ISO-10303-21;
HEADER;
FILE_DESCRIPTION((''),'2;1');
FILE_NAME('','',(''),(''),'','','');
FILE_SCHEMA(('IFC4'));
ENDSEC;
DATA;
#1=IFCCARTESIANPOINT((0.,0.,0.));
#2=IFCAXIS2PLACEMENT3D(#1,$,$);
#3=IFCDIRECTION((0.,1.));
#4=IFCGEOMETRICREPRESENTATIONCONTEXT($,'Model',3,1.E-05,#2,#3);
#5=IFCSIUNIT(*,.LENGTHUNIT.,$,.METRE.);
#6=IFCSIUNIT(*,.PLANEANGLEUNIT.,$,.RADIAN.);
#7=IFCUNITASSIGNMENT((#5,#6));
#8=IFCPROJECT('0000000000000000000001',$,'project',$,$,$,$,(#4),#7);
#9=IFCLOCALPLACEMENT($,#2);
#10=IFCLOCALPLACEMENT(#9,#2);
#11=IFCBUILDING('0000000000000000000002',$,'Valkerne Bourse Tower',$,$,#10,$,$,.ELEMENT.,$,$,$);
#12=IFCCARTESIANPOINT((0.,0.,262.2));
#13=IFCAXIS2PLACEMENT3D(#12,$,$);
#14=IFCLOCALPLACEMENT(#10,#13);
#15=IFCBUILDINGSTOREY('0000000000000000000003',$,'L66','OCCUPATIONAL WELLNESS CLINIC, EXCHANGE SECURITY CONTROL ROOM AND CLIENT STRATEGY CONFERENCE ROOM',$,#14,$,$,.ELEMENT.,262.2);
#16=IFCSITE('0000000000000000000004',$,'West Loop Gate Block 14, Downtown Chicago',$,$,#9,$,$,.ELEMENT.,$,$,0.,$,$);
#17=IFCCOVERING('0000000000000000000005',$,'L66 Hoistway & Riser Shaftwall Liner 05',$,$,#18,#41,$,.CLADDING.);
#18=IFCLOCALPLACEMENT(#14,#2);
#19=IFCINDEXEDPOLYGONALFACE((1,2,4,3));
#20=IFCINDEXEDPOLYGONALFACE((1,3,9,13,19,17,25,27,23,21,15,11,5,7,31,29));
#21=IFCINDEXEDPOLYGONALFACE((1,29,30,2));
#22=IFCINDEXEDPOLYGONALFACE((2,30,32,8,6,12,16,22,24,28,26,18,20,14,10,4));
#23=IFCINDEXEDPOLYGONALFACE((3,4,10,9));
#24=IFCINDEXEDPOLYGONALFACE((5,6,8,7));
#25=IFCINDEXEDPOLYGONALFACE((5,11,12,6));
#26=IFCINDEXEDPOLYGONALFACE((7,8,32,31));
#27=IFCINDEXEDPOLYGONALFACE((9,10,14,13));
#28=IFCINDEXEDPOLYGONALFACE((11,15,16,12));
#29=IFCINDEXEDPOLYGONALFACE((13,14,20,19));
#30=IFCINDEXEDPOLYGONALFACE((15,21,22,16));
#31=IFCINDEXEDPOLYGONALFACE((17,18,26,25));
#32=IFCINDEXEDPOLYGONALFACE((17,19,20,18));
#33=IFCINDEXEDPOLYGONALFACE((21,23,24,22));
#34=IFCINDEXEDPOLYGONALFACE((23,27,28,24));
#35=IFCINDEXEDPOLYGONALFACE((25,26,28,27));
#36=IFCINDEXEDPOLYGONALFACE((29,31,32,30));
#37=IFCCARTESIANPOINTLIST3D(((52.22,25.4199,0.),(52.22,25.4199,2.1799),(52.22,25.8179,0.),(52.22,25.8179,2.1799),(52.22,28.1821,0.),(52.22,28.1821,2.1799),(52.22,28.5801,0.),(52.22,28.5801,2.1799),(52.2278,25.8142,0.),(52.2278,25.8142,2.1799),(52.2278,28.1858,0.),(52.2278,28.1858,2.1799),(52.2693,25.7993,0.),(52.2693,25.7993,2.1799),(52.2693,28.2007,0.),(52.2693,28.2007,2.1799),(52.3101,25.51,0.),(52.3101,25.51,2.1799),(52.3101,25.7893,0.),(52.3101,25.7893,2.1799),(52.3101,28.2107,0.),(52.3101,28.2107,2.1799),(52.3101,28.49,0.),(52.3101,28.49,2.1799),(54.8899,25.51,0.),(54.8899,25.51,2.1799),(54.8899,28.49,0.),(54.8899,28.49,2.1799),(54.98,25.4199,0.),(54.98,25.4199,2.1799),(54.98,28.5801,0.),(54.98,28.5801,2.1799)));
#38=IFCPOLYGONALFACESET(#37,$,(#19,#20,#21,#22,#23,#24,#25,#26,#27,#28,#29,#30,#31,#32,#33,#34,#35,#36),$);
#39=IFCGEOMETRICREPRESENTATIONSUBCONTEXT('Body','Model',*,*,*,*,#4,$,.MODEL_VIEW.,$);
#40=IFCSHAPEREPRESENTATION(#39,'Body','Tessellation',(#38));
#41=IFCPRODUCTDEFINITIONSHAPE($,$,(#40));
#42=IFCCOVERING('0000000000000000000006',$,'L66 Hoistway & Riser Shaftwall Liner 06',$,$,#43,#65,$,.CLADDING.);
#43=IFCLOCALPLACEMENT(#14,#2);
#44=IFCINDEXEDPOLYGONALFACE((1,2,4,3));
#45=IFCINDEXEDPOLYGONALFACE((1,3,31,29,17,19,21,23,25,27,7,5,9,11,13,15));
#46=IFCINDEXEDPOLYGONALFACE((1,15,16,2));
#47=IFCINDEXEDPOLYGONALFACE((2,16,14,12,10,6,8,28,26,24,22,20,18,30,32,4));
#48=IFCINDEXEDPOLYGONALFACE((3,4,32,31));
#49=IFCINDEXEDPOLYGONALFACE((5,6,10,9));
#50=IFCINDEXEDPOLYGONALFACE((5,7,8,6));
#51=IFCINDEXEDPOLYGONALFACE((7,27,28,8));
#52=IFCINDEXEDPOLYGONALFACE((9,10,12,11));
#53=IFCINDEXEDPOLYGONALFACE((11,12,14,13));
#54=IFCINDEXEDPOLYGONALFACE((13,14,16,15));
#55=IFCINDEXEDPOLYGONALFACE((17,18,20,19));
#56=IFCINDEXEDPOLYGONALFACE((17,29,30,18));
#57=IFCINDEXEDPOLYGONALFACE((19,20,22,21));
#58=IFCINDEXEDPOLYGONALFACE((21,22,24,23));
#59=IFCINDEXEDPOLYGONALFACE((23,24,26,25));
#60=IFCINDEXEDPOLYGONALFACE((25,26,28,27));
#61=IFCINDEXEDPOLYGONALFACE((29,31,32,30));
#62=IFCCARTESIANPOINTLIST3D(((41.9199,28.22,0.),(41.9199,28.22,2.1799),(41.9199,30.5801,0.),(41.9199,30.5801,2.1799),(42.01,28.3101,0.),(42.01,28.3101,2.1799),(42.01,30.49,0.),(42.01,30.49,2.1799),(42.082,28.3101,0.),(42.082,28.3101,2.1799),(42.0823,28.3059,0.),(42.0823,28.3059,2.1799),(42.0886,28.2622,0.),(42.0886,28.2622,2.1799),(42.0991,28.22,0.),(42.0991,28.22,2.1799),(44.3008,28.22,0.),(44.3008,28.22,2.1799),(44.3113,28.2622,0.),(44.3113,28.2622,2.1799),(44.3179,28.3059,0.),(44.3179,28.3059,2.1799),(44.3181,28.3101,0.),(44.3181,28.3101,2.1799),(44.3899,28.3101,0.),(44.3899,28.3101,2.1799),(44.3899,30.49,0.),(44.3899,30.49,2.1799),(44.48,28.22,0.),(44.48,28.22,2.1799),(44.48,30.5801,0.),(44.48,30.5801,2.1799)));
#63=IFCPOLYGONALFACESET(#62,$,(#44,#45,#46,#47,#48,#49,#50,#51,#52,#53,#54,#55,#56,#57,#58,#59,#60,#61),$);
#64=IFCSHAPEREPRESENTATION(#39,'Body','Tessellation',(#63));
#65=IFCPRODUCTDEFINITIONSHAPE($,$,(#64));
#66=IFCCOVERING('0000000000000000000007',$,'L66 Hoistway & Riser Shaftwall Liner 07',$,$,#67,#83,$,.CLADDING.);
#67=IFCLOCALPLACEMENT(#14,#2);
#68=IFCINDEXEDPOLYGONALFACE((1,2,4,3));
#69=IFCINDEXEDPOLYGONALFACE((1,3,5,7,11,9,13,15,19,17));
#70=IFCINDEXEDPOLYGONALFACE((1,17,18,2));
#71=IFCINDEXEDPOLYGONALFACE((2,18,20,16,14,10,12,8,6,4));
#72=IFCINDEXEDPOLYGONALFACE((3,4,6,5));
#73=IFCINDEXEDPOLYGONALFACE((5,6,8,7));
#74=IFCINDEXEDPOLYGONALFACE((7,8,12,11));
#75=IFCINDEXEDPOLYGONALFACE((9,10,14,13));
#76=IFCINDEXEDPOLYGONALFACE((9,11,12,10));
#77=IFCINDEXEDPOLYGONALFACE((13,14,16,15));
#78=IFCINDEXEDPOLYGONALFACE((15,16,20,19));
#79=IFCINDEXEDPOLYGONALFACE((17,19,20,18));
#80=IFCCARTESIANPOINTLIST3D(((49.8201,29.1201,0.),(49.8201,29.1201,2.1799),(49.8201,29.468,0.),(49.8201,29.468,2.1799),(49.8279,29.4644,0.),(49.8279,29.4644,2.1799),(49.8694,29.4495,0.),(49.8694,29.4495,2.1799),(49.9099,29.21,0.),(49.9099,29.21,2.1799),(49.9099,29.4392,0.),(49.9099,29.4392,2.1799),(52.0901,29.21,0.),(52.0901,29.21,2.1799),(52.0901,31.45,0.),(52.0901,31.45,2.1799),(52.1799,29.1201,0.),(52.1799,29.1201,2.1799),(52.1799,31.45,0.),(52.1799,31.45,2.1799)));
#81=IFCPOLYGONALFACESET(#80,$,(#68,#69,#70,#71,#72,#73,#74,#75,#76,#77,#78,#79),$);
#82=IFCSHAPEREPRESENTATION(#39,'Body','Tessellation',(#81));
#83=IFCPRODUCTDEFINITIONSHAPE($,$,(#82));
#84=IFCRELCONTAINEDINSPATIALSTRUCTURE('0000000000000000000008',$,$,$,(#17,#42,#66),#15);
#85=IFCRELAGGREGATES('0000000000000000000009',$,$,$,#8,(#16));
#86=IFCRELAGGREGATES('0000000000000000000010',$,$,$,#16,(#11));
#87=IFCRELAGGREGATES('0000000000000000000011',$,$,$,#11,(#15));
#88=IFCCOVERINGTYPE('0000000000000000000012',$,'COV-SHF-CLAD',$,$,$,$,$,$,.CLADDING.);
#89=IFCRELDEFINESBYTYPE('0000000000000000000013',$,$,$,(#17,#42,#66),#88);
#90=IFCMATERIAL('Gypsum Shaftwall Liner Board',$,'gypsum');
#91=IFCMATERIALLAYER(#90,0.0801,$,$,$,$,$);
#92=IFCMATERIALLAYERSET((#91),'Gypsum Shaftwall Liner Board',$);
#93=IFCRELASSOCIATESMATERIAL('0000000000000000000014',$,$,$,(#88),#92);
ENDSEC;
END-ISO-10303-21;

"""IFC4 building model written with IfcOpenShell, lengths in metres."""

from ifc_helpers import new_model, si_unit, direction, frame, origin, place, context, subcontext, project, spatial, polyline, outline, extrude, material, layer, layer_set, type_object, element, save


model = new_model("IFC4")

# Units and contexts
model_context = context("Model", 3, precision=1e-05, world=origin(), true_north=direction((0.0, 1.0)))
body_context = subcontext(model_context, "Body", "Model", "MODEL_VIEW")
ifc_project = project(units=[si_unit("LENGTHUNIT", "METRE"), si_unit("PLANEANGLEUNIT", "RADIAN")], contexts=[model_context])

# Site, building, storey
site_placement = place(None, origin())
site = spatial("IfcSite", under=ifc_project, at=site_placement, Name="West Loop Gate Block 14, Downtown Chicago", CompositionType="ELEMENT", RefElevation=0.0)
building_placement = place(site_placement, origin())
building = spatial("IfcBuilding", under=site, at=building_placement, Name="Valkerne Bourse Tower", CompositionType="ELEMENT")
storey_placement = place(building_placement, frame((0.0, 0.0, 262.2)))
storey = spatial("IfcBuildingStorey", under=building, at=storey_placement, Name="L66", Description="OCCUPATIONAL WELLNESS CLINIC, EXCHANGE SECURITY CONTROL ROOM AND CLIENT STRATEGY CONFERENCE ROOM", CompositionType="ELEMENT", Elevation=262.2)

# Coverings
ifc_material_1 = material(Name="Gypsum Shaftwall Liner Board", Category="gypsum")
ifc_layer_1 = layer(ifc_material_1, 0.0801)
ifc_layer_set_1 = layer_set([ifc_layer_1], Name="Gypsum Shaftwall Liner Board")
covering_type_1 = type_object("IfcCoveringType", Name="COV-SHF-CLAD", PredefinedType="CLADDING", material=ifc_layer_set_1)
covering_1_placement = place(storey_placement, origin())
element("IfcCovering", 1, at=covering_1_placement, inside=storey, type_object=covering_type_1, Name="L66 Hoistway & Riser Shaftwall Liner 05", PredefinedType="CLADDING", context=body_context, shape_type="SweptSolid", body=[
    extrude(outline(polyline([(54.98, 28.5801), (54.98, 25.4199), (52.22, 25.4199), (52.22, 25.8179), (52.2278, 25.8142), (52.2693, 25.7993), (52.3101, 25.7893), (52.3101, 25.51), (54.8899, 25.51), (54.8899, 28.49), (52.3101, 28.49), (52.3101, 28.2107), (52.2693, 28.2007), (52.2278, 28.1858), (52.22, 28.1821), (52.22, 28.5801), (54.98, 28.5801)])), origin(), (0.0, 0.0, 1.0), 2.1799),
])
covering_2_placement = place(storey_placement, origin())
element("IfcCovering", 2, at=covering_2_placement, inside=storey, type_object=covering_type_1, Name="L66 Hoistway & Riser Shaftwall Liner 06", PredefinedType="CLADDING", context=body_context, shape_type="SweptSolid", body=[
    extrude(outline(polyline([(44.48, 28.22), (44.3008, 28.22), (44.3113, 28.2622), (44.3179, 28.3059), (44.3181, 28.3101), (44.3899, 28.3101), (44.3899, 30.49), (42.01, 30.49), (42.01, 28.3101), (42.082, 28.3101), (42.0823, 28.3059), (42.0886, 28.2622), (42.0991, 28.22), (41.9199, 28.22), (41.9199, 30.5801), (44.48, 30.5801), (44.48, 28.22)])), origin(), (0.0, 0.0, 1.0), 2.1799),
])
covering_3_placement = place(storey_placement, origin())
element("IfcCovering", 3, at=covering_3_placement, inside=storey, type_object=covering_type_1, Name="L66 Hoistway & Riser Shaftwall Liner 07", PredefinedType="CLADDING", context=body_context, shape_type="SweptSolid", body=[
    extrude(outline(polyline([(49.8201, 29.1201), (49.8201, 29.468), (49.8279, 29.4644), (49.8694, 29.4495), (49.9099, 29.4392), (49.9099, 29.21), (52.0901, 29.21), (52.0901, 31.45), (52.1799, 31.45), (52.1799, 29.1201), (49.8201, 29.1201)])), origin(), (0.0, 0.0, 1.0), 2.1799),
])

save(model, "model.ifc")
